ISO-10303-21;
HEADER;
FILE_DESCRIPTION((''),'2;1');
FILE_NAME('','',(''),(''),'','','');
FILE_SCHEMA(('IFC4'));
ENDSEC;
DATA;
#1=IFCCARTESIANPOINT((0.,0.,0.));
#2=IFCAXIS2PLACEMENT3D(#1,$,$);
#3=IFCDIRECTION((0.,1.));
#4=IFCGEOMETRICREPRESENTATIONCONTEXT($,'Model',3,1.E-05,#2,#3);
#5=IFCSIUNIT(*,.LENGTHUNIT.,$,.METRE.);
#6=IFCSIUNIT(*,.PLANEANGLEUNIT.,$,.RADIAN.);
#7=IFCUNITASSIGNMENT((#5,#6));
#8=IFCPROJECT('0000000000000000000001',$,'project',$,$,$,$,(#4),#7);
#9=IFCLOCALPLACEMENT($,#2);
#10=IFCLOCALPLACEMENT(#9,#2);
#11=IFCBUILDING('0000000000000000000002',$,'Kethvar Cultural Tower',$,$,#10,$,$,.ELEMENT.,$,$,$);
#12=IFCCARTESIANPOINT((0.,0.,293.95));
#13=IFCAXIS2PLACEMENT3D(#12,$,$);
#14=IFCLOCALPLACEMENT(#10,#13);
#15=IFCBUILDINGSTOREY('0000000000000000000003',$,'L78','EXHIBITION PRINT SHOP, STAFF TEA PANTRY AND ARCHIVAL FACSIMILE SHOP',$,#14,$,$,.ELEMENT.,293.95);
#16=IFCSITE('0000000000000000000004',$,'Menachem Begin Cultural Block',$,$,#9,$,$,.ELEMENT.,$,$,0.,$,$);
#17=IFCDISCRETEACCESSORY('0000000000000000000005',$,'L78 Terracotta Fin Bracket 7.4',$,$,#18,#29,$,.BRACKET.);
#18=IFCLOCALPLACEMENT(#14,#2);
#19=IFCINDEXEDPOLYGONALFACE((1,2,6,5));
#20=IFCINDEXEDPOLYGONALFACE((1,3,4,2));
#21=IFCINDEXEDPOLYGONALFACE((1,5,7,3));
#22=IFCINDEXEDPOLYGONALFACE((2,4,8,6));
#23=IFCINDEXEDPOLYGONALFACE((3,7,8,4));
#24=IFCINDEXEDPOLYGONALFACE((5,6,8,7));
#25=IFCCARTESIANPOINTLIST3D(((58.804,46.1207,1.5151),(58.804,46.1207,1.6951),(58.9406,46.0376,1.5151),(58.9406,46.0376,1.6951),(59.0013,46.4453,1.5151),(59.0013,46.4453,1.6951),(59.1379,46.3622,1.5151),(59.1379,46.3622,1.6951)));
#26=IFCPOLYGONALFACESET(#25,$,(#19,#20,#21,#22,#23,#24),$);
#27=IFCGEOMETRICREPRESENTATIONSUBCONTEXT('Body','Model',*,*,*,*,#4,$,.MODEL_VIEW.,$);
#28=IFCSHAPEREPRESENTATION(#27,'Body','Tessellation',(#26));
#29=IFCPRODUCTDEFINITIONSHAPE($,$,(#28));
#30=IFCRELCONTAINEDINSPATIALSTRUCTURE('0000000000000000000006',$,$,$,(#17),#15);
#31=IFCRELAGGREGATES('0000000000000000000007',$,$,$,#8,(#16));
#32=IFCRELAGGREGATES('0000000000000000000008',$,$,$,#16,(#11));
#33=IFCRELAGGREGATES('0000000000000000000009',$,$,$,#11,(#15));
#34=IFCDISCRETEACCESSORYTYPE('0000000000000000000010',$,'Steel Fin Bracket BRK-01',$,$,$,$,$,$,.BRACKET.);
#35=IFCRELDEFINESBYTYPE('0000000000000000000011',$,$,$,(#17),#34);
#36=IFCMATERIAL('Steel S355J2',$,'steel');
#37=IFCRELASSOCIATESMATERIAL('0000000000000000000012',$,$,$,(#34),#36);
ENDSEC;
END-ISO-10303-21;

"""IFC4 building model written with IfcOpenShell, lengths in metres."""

from ifc_helpers import new_model, si_unit, direction, frame, origin, origin_2d, place, context, subcontext, project, spatial, rectangle, extrude, source, transform, mapped, material, type_object, element, save


model = new_model("IFC4")

# Units and contexts
model_context = context("Model", 3, precision=1e-05, world=origin(), true_north=direction((0.0, 1.0)))
body_context = subcontext(model_context, "Body", "Model", "MODEL_VIEW")
ifc_project = project(units=[si_unit("LENGTHUNIT", "METRE"), si_unit("PLANEANGLEUNIT", "RADIAN")], contexts=[model_context])

# Site, building, storey
site_placement = place(None, origin())
site = spatial("IfcSite", under=ifc_project, at=site_placement, Name="Menachem Begin Cultural Block", CompositionType="ELEMENT", RefElevation=0.0)
building_placement = place(site_placement, origin())
building = spatial("IfcBuilding", under=site, at=building_placement, Name="Kethvar Cultural Tower", CompositionType="ELEMENT")
storey_placement = place(building_placement, frame((0.0, 0.0, 293.95)))
storey = spatial("IfcBuildingStorey", under=building, at=storey_placement, Name="L78", Description="EXHIBITION PRINT SHOP, STAFF TEA PANTRY AND ARCHIVAL FACSIMILE SHOP", CompositionType="ELEMENT", Elevation=293.95)

# Shared definitions
ifc_material_1 = material(Name="Steel S355J2", Category="steel")

# Discrete accessory
discrete_accessory_type = type_object("IfcDiscreteAccessoryType", Name="Steel Fin Bracket BRK-01", PredefinedType="BRACKET", material=ifc_material_1)
shared_shape_1 = source(origin(), body_context, "Body", "SweptSolid", [
    extrude(rectangle(XDim=0.3799, YDim=0.1599, at=origin_2d()), origin(), (0.0, 0.0, 1.0), 0.1799),
])
for number, where, z_axis, x_axis, name in (
    (1, (58.9709, 46.2415, 1.5151), (0.0, 0.0, 1.0), (0.51937, 0.854549, 0.0), "L78 Terracotta Fin Bracket 7.4"),
):
    element("IfcDiscreteAccessory", number, at=place(storey_placement, frame(where, z_axis=z_axis, x_axis=x_axis)), inside=storey, type_object=discrete_accessory_type, Name=name, PredefinedType="BRACKET", context=body_context, shape_type="MappedRepresentation", body=[
        mapped(shared_shape_1, transform((0.0, 0.0, 0.0), scale=1.0)),
    ])

save(model, "model.ifc")
